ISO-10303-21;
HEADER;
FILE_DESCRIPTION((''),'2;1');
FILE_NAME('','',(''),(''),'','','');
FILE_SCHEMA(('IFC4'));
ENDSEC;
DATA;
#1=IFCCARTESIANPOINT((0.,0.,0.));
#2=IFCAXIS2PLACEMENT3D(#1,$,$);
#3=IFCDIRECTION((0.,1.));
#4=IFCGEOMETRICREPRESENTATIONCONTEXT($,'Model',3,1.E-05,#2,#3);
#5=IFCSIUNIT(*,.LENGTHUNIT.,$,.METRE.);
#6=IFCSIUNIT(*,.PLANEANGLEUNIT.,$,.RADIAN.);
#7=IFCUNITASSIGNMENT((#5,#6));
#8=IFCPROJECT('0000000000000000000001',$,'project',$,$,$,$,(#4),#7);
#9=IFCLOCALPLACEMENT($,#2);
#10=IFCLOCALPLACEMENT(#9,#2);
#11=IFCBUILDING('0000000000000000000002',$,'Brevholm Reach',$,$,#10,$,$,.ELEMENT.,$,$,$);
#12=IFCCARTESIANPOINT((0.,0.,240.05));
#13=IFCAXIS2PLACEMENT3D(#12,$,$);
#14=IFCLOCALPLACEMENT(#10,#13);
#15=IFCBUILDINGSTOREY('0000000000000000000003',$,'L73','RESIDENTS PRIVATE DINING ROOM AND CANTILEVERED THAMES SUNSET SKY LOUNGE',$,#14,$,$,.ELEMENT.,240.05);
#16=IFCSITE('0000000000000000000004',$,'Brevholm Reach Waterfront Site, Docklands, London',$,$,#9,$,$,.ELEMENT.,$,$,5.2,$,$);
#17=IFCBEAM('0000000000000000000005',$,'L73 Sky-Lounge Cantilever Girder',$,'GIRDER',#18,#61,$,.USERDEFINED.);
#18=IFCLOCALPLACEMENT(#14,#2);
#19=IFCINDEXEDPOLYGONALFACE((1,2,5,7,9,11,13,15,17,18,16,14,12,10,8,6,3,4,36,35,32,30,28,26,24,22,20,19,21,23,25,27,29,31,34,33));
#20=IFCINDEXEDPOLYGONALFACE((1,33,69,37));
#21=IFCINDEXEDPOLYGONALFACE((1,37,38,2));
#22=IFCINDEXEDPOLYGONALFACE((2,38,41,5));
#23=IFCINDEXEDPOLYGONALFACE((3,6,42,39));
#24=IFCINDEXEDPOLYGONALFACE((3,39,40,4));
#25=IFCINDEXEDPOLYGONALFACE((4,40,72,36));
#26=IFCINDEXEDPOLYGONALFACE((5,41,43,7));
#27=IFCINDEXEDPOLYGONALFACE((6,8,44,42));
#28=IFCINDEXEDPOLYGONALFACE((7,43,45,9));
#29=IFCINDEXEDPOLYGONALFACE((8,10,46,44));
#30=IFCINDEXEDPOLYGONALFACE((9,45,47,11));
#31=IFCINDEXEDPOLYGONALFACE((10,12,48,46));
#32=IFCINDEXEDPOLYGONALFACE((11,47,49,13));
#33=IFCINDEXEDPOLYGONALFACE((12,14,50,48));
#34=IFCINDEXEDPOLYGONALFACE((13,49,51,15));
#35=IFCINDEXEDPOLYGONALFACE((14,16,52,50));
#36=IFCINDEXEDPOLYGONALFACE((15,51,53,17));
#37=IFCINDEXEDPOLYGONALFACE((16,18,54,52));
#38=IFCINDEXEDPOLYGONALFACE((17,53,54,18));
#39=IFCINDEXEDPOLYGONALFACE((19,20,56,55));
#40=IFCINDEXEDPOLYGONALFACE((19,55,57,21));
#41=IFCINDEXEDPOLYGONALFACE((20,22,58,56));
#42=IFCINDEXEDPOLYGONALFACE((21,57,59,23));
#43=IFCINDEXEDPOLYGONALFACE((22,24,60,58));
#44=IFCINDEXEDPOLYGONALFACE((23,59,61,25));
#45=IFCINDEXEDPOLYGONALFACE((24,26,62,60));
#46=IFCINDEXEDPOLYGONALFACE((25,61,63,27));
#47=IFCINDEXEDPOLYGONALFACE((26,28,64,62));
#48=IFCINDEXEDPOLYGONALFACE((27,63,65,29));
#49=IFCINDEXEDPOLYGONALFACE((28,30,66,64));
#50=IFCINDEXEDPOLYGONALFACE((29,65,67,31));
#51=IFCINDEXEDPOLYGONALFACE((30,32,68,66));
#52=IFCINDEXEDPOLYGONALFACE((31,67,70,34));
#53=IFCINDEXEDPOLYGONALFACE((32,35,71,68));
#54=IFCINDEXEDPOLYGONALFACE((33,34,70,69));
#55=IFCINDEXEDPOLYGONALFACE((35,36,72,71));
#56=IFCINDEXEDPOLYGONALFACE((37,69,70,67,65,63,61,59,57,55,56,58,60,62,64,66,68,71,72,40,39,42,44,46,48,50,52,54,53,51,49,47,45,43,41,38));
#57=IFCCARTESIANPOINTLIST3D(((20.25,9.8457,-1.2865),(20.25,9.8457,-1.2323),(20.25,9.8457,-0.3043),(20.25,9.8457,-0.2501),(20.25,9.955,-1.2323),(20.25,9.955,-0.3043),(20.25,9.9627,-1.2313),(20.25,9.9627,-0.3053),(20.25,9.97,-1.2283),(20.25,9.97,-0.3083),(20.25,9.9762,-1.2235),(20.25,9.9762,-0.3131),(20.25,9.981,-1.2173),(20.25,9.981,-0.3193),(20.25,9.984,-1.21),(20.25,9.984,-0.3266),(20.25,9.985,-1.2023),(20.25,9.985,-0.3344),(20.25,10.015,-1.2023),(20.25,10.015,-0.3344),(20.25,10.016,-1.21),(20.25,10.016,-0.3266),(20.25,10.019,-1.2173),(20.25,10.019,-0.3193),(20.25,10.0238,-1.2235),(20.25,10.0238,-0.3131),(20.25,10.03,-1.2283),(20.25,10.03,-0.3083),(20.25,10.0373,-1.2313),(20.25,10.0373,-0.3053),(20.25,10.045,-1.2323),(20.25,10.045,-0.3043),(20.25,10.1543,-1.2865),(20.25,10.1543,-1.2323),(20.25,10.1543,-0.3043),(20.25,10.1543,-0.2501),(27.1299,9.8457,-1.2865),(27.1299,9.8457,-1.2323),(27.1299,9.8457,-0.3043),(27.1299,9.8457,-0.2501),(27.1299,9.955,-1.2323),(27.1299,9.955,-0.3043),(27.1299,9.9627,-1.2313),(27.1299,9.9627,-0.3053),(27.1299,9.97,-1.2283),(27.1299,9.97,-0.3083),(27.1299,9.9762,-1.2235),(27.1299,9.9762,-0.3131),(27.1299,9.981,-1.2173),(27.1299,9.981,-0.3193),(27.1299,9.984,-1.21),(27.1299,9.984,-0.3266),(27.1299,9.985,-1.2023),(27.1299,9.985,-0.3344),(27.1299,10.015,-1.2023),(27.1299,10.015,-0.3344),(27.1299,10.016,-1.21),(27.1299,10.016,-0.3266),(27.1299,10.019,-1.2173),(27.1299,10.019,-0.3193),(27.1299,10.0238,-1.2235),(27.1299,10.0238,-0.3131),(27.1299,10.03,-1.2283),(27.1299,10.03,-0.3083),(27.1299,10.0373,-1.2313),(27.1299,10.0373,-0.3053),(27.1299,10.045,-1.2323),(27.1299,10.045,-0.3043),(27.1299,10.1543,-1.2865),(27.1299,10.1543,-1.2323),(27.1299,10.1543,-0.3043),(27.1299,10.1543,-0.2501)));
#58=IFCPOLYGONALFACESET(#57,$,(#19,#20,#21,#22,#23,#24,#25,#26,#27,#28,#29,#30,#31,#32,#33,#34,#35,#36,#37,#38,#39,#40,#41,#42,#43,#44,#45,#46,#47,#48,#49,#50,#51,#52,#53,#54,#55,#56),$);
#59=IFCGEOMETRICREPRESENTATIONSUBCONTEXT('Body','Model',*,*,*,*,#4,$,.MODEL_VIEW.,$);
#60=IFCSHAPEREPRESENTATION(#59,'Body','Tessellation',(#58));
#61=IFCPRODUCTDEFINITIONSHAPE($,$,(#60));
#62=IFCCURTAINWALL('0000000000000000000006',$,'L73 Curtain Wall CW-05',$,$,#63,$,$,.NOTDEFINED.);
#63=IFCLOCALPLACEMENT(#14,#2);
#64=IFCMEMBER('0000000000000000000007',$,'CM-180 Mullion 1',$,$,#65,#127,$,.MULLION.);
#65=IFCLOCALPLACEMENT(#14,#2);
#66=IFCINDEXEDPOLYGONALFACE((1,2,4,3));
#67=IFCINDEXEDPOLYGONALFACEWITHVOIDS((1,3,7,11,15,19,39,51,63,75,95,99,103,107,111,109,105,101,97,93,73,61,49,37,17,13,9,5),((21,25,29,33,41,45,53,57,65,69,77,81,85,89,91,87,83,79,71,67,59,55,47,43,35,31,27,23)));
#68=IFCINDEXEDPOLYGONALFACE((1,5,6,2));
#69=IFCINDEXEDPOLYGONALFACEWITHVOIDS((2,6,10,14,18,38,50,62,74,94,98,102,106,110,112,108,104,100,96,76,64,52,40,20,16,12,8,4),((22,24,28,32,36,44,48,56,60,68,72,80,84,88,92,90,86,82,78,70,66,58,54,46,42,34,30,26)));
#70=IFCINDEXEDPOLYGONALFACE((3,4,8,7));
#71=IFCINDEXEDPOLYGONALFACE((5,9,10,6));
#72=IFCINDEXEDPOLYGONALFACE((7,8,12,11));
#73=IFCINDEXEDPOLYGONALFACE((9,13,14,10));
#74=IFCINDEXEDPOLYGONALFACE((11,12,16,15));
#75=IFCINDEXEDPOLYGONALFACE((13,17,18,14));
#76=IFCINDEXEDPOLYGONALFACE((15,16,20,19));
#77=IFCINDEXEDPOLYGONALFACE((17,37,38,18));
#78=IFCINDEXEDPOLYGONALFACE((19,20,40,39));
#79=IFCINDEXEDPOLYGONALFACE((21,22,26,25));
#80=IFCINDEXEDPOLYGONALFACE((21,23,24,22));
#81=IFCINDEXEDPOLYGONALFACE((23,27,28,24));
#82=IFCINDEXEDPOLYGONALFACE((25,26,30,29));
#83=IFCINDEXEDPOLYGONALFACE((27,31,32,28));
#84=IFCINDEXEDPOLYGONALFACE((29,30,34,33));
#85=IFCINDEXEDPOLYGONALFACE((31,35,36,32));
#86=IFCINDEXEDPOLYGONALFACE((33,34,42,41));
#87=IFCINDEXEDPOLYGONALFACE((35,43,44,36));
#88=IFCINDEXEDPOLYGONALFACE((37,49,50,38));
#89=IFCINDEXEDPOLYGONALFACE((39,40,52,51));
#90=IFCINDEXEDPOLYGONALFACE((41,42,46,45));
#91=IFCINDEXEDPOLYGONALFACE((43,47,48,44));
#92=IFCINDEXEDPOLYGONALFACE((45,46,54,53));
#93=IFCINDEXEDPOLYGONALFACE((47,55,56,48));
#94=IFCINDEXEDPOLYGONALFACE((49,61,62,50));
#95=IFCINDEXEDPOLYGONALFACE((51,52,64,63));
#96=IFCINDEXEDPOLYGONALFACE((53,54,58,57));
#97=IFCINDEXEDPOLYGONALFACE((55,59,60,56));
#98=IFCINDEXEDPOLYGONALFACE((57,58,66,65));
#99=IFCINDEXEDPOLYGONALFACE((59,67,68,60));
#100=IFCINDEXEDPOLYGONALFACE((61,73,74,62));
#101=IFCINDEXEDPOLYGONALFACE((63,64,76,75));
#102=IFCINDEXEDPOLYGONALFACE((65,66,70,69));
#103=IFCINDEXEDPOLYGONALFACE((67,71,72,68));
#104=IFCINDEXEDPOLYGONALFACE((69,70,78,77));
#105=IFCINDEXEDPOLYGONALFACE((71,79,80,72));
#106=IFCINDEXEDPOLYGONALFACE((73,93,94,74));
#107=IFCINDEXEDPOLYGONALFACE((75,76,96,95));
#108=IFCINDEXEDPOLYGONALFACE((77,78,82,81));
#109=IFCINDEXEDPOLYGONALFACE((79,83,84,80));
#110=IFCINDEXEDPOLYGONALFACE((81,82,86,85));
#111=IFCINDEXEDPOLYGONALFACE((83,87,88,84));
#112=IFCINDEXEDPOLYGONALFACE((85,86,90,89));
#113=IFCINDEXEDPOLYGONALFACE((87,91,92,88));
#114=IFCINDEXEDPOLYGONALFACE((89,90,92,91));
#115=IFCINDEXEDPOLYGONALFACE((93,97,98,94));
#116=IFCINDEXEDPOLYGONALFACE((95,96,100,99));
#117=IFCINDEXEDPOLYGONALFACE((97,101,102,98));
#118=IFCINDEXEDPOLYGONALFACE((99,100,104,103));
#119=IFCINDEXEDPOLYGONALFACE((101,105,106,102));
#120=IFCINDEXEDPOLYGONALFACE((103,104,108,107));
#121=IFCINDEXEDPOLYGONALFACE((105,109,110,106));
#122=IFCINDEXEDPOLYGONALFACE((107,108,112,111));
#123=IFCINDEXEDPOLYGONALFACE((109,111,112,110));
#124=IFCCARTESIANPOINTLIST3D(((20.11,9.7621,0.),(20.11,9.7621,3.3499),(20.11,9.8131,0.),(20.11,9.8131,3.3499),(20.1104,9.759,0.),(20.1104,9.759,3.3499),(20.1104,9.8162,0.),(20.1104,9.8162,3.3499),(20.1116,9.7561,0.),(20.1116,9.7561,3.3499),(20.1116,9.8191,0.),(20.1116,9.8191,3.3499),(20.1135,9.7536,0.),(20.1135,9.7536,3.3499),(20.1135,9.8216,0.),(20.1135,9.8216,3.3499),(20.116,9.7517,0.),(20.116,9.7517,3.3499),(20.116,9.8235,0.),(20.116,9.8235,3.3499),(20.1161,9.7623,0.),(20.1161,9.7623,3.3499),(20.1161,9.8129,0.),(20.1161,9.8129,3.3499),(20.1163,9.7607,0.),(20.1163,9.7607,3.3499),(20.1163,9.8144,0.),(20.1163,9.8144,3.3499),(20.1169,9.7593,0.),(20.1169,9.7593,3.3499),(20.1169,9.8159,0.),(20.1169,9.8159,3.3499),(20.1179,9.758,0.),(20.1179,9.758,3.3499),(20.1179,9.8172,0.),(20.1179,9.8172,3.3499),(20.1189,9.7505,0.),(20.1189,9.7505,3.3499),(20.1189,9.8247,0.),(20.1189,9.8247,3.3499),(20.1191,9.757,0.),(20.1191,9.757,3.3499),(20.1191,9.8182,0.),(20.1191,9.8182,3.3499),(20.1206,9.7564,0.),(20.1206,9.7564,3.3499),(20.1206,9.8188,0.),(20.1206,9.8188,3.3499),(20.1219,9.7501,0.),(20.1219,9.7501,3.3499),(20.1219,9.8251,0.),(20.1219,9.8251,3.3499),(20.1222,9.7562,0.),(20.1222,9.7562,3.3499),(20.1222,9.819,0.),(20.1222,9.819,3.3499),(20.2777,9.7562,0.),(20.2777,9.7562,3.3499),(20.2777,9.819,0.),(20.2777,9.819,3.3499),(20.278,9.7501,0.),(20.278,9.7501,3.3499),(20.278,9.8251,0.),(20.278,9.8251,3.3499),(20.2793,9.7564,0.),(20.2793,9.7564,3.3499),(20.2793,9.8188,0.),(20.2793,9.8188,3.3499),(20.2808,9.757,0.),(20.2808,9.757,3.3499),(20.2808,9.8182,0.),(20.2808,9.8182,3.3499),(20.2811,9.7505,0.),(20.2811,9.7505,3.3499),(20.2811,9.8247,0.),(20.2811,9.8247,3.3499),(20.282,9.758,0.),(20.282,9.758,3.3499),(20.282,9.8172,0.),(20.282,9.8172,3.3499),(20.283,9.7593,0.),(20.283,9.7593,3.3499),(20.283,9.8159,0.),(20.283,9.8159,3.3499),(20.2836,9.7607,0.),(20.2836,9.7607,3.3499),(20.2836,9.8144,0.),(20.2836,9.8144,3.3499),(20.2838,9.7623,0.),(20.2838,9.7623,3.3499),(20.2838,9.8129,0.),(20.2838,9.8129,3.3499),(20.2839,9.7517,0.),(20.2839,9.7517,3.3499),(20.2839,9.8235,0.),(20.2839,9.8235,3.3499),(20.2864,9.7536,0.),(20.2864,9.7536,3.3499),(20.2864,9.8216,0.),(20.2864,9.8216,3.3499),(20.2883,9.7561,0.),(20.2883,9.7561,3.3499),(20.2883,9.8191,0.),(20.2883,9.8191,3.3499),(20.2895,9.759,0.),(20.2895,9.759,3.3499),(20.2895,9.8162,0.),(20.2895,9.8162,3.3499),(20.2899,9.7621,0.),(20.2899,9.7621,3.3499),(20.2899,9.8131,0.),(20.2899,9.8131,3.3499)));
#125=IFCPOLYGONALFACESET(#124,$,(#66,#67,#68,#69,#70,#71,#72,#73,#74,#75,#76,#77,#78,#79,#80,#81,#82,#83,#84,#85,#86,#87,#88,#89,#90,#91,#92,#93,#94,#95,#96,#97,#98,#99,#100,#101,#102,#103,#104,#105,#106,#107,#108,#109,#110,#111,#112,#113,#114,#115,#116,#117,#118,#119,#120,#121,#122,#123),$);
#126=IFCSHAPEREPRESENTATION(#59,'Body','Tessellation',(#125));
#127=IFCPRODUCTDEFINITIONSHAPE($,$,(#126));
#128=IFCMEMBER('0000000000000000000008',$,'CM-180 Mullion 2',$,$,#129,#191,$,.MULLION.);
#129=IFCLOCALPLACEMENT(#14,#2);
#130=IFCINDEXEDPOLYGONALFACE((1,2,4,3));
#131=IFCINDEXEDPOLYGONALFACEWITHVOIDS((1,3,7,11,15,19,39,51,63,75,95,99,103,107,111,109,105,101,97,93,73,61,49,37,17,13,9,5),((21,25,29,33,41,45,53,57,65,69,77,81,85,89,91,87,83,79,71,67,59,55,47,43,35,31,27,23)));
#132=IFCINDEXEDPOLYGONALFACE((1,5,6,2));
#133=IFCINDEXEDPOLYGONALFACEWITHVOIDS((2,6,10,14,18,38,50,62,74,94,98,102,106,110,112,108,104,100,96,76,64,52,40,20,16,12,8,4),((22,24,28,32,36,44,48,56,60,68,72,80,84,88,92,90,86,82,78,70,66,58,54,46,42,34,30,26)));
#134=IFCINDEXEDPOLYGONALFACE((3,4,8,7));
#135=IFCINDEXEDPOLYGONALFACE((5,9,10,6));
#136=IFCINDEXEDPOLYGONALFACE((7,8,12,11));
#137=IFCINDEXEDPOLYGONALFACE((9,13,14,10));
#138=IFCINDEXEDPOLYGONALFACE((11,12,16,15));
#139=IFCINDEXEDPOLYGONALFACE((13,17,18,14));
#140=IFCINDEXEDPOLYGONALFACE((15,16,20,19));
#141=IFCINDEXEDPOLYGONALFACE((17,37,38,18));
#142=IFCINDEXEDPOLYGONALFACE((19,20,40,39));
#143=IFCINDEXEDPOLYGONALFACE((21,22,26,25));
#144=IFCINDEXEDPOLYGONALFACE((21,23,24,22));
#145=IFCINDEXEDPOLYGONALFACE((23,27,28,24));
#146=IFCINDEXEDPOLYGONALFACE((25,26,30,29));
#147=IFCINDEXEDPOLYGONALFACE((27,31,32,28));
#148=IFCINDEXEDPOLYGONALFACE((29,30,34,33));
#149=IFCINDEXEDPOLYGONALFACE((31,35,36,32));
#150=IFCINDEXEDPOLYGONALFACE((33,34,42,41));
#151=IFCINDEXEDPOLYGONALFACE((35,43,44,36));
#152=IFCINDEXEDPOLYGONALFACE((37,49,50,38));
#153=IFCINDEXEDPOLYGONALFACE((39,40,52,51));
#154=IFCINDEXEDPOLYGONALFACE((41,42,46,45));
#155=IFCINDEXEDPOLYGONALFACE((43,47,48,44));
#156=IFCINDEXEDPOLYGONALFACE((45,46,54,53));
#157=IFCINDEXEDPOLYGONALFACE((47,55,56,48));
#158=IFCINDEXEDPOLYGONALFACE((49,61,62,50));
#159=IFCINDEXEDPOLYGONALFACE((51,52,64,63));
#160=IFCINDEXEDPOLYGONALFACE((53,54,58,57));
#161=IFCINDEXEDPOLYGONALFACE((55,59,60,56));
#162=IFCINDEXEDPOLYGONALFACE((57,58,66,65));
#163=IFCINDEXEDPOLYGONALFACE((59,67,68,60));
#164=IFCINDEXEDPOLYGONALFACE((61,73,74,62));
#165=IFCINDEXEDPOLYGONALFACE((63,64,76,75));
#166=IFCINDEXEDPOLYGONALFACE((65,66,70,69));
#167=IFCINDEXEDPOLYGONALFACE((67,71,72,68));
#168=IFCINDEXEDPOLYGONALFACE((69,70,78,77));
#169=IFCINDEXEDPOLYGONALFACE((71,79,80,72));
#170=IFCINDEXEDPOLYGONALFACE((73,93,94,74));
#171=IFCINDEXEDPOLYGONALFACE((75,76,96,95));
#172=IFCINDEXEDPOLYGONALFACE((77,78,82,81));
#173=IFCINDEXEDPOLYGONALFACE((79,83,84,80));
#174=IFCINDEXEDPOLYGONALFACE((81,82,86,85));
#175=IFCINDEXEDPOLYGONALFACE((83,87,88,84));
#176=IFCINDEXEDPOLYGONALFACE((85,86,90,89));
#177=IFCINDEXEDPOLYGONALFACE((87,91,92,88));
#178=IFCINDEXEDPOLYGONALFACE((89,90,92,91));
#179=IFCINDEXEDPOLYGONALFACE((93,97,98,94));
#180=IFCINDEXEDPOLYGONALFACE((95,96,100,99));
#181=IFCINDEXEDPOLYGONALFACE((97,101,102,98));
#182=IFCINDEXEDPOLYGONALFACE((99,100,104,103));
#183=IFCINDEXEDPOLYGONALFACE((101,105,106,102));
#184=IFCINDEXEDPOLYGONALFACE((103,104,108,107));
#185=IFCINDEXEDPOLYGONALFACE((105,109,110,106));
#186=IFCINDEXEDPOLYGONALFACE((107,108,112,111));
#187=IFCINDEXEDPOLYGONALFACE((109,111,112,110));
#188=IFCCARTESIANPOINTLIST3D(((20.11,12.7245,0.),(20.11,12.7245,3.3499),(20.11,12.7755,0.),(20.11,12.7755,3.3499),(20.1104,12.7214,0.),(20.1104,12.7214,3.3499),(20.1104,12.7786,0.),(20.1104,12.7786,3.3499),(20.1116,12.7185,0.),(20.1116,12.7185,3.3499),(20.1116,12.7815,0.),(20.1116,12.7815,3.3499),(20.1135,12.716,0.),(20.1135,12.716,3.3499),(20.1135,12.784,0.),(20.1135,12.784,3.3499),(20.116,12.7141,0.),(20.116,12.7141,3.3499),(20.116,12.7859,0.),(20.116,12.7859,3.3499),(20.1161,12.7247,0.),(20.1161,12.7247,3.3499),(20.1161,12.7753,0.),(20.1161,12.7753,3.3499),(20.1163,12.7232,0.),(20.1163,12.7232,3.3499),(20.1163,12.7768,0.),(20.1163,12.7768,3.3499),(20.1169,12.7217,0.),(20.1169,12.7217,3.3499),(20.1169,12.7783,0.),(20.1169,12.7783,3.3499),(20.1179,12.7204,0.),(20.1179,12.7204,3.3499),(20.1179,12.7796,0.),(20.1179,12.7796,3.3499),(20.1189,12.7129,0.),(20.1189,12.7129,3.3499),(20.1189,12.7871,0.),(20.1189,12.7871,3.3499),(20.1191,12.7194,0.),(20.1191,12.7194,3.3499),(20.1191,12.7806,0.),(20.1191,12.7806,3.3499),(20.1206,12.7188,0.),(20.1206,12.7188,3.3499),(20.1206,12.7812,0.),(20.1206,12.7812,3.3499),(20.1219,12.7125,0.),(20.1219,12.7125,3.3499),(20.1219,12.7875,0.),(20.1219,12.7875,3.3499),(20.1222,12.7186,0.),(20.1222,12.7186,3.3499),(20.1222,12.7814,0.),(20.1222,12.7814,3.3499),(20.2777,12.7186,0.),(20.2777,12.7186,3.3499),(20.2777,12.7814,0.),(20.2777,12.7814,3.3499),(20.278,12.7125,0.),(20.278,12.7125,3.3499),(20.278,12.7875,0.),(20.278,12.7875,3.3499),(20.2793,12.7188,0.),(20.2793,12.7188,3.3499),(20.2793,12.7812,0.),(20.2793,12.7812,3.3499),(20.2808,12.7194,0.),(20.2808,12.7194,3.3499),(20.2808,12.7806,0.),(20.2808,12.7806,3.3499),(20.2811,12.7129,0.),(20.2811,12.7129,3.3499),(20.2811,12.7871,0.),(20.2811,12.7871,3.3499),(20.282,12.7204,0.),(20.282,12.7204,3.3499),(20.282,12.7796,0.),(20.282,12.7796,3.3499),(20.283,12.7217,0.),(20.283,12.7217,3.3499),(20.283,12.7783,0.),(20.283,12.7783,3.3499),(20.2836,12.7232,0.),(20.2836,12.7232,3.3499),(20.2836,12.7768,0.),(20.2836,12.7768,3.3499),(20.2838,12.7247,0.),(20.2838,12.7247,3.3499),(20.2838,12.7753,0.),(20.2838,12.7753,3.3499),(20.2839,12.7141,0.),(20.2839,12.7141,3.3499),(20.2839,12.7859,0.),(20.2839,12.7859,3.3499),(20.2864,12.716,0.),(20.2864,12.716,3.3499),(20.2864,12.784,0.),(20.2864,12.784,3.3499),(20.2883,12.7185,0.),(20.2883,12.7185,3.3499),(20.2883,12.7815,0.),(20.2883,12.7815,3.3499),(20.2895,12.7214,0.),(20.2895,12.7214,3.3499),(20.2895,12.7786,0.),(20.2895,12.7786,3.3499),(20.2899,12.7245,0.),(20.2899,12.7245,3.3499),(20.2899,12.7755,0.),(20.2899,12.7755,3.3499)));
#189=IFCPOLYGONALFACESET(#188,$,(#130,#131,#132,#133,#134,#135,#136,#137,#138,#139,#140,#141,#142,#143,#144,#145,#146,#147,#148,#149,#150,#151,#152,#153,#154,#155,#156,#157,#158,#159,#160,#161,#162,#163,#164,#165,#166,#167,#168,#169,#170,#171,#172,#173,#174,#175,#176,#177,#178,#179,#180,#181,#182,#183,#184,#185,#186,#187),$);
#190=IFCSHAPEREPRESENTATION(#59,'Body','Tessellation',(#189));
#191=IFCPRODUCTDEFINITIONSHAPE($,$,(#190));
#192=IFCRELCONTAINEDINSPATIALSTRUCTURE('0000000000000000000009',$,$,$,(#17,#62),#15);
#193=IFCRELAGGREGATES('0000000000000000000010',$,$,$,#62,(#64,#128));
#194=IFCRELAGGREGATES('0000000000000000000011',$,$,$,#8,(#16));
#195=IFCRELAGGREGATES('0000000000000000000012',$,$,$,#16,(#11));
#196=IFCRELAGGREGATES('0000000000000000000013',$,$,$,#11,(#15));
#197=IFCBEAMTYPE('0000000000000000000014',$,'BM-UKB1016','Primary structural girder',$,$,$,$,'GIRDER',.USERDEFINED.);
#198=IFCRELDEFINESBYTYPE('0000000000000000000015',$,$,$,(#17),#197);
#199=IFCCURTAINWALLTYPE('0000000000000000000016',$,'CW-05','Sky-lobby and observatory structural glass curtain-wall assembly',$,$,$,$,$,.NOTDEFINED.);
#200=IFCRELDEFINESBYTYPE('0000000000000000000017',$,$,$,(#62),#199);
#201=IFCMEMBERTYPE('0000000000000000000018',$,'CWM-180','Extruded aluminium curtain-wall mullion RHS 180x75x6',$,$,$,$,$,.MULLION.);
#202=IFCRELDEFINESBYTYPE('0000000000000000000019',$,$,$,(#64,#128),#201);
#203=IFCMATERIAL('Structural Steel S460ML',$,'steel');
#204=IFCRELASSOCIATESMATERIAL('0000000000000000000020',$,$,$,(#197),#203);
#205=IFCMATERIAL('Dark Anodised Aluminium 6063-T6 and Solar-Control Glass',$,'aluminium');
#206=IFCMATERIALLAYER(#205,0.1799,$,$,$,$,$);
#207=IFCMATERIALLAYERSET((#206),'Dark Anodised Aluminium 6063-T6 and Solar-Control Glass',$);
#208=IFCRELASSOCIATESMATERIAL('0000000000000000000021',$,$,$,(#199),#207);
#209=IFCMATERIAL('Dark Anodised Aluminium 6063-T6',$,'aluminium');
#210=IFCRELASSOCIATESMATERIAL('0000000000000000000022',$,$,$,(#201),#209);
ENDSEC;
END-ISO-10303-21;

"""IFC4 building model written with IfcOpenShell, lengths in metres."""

from ifc_helpers import new_model, si_unit, direction, frame, origin, origin_2d, place, context, subcontext, project, spatial, hollow_rectangle, i_section, extrude, material, layer, layer_set, material_profile, profile_set, type_object, element, aggregate, save


model = new_model("IFC4")

# Units and contexts
model_context = context("Model", 3, precision=1e-05, world=origin(), true_north=direction((0.0, 1.0)))
body_context = subcontext(model_context, "Body", "Model", "MODEL_VIEW")
ifc_project = project(units=[si_unit("LENGTHUNIT", "METRE"), si_unit("PLANEANGLEUNIT", "RADIAN")], contexts=[model_context])

# Site, building, storey
site_placement = place(None, origin())
site = spatial("IfcSite", under=ifc_project, at=site_placement, Name="Brevholm Reach Waterfront Site, Docklands, London", CompositionType="ELEMENT", RefElevation=5.2)
building_placement = place(site_placement, origin())
building = spatial("IfcBuilding", under=site, at=building_placement, Name="Brevholm Reach", CompositionType="ELEMENT")
storey_placement = place(building_placement, frame((0.0, 0.0, 240.05)))
storey = spatial("IfcBuildingStorey", under=building, at=storey_placement, Name="L73", Description="RESIDENTS PRIVATE DINING ROOM AND CANTILEVERED THAMES SUNSET SKY LOUNGE", CompositionType="ELEMENT", Elevation=240.05)

# Beam
ifc_material_1 = material(Name="Structural Steel S460ML", Category="steel")
ifc_material_profile_1 = material_profile(ifc_material_1, i_section(OverallWidth=0.3086, OverallDepth=1.0364, WebThickness=0.03, FlangeThickness=0.0542, FilletRadius=0.03, at=origin_2d()), Name="UKB 1016x305x487")
ifc_profile_set_1 = profile_set([ifc_material_profile_1], Name="Structural Steel S460ML")
beam_type = type_object("IfcBeamType", Name="BM-UKB1016", Description="Primary structural girder", ElementType="GIRDER", PredefinedType="USERDEFINED", material=ifc_profile_set_1)
beam_placement = place(storey_placement, frame((20.25, 10.0, -0.7683), z_axis=(1.0, 0.0, 0.0), x_axis=(0.0, 1.0, 0.0)))
element("IfcBeam", 1, at=beam_placement, inside=storey, type_object=beam_type, Name="L73 Sky-Lounge Cantilever Girder", ObjectType="GIRDER", PredefinedType="USERDEFINED", context=body_context, shape_type="SweptSolid", body=[
    extrude(i_section(OverallWidth=0.3086, OverallDepth=1.0364, WebThickness=0.03, FlangeThickness=0.0542, FilletRadius=0.03, at=origin_2d()), origin(), (0.0, 0.0, 1.0), 6.8799),
])

# Curtain wall, members
ifc_material_2 = material(Name="Dark Anodised Aluminium 6063-T6 and Solar-Control Glass", Category="aluminium")
ifc_layer_1 = layer(ifc_material_2, 0.1799)
ifc_layer_set_1 = layer_set([ifc_layer_1], Name="Dark Anodised Aluminium 6063-T6 and Solar-Control Glass")
curtain_wall_type = type_object("IfcCurtainWallType", Name="CW-05", Description="Sky-lobby and observatory structural glass curtain-wall assembly", PredefinedType="NOTDEFINED", material=ifc_layer_set_1)
curtain_wall_placement = place(storey_placement, origin())
curtain_wall = element("IfcCurtainWall", 2, at=curtain_wall_placement, inside=storey, type_object=curtain_wall_type, Name="L73 Curtain Wall CW-05", PredefinedType="NOTDEFINED")
ifc_material_3 = material(Name="Dark Anodised Aluminium 6063-T6", Category="aluminium")
ifc_material_profile_2 = material_profile(ifc_material_3, hollow_rectangle(XDim=0.075, YDim=0.1799, WallThickness=0.0061, InnerFilletRadius=0.0061, OuterFilletRadius=0.012, at=origin_2d()), Name="RHS 180x75x6")
ifc_profile_set_2 = profile_set([ifc_material_profile_2], Name="Dark Anodised Aluminium 6063-T6")
member_type_1 = type_object("IfcMemberType", Name="CWM-180", Description="Extruded aluminium curtain-wall mullion RHS 180x75x6", PredefinedType="MULLION", material=ifc_profile_set_2)
member_1_placement = place(storey_placement, frame((20.2, 9.7876, 0.0), z_axis=(0.0, 0.0, 1.0), x_axis=(0.0, 1.0, 0.0)))
member_1 = element("IfcMember", 3, at=member_1_placement, type_object=member_type_1, Name="CM-180 Mullion 1", PredefinedType="MULLION", context=body_context, shape_type="SweptSolid", body=[
    extrude(hollow_rectangle(XDim=0.075, YDim=0.1799, WallThickness=0.0061, InnerFilletRadius=0.0061, OuterFilletRadius=0.012, at=origin_2d()), origin(), (0.0, 0.0, 1.0), 3.3499),
])
member_2_placement = place(storey_placement, frame((20.2, 12.75, 0.0), z_axis=(0.0, 0.0, 1.0), x_axis=(0.0, 1.0, 0.0)))
member_2 = element("IfcMember", 4, at=member_2_placement, type_object=member_type_1, Name="CM-180 Mullion 2", PredefinedType="MULLION", context=body_context, shape_type="SweptSolid", body=[
    extrude(hollow_rectangle(XDim=0.075, YDim=0.1799, WallThickness=0.0061, InnerFilletRadius=0.0061, OuterFilletRadius=0.012, at=origin_2d()), origin(), (0.0, 0.0, 1.0), 3.3499),
])
aggregate(curtain_wall, [member_1, member_2])

save(model, "model.ifc")
